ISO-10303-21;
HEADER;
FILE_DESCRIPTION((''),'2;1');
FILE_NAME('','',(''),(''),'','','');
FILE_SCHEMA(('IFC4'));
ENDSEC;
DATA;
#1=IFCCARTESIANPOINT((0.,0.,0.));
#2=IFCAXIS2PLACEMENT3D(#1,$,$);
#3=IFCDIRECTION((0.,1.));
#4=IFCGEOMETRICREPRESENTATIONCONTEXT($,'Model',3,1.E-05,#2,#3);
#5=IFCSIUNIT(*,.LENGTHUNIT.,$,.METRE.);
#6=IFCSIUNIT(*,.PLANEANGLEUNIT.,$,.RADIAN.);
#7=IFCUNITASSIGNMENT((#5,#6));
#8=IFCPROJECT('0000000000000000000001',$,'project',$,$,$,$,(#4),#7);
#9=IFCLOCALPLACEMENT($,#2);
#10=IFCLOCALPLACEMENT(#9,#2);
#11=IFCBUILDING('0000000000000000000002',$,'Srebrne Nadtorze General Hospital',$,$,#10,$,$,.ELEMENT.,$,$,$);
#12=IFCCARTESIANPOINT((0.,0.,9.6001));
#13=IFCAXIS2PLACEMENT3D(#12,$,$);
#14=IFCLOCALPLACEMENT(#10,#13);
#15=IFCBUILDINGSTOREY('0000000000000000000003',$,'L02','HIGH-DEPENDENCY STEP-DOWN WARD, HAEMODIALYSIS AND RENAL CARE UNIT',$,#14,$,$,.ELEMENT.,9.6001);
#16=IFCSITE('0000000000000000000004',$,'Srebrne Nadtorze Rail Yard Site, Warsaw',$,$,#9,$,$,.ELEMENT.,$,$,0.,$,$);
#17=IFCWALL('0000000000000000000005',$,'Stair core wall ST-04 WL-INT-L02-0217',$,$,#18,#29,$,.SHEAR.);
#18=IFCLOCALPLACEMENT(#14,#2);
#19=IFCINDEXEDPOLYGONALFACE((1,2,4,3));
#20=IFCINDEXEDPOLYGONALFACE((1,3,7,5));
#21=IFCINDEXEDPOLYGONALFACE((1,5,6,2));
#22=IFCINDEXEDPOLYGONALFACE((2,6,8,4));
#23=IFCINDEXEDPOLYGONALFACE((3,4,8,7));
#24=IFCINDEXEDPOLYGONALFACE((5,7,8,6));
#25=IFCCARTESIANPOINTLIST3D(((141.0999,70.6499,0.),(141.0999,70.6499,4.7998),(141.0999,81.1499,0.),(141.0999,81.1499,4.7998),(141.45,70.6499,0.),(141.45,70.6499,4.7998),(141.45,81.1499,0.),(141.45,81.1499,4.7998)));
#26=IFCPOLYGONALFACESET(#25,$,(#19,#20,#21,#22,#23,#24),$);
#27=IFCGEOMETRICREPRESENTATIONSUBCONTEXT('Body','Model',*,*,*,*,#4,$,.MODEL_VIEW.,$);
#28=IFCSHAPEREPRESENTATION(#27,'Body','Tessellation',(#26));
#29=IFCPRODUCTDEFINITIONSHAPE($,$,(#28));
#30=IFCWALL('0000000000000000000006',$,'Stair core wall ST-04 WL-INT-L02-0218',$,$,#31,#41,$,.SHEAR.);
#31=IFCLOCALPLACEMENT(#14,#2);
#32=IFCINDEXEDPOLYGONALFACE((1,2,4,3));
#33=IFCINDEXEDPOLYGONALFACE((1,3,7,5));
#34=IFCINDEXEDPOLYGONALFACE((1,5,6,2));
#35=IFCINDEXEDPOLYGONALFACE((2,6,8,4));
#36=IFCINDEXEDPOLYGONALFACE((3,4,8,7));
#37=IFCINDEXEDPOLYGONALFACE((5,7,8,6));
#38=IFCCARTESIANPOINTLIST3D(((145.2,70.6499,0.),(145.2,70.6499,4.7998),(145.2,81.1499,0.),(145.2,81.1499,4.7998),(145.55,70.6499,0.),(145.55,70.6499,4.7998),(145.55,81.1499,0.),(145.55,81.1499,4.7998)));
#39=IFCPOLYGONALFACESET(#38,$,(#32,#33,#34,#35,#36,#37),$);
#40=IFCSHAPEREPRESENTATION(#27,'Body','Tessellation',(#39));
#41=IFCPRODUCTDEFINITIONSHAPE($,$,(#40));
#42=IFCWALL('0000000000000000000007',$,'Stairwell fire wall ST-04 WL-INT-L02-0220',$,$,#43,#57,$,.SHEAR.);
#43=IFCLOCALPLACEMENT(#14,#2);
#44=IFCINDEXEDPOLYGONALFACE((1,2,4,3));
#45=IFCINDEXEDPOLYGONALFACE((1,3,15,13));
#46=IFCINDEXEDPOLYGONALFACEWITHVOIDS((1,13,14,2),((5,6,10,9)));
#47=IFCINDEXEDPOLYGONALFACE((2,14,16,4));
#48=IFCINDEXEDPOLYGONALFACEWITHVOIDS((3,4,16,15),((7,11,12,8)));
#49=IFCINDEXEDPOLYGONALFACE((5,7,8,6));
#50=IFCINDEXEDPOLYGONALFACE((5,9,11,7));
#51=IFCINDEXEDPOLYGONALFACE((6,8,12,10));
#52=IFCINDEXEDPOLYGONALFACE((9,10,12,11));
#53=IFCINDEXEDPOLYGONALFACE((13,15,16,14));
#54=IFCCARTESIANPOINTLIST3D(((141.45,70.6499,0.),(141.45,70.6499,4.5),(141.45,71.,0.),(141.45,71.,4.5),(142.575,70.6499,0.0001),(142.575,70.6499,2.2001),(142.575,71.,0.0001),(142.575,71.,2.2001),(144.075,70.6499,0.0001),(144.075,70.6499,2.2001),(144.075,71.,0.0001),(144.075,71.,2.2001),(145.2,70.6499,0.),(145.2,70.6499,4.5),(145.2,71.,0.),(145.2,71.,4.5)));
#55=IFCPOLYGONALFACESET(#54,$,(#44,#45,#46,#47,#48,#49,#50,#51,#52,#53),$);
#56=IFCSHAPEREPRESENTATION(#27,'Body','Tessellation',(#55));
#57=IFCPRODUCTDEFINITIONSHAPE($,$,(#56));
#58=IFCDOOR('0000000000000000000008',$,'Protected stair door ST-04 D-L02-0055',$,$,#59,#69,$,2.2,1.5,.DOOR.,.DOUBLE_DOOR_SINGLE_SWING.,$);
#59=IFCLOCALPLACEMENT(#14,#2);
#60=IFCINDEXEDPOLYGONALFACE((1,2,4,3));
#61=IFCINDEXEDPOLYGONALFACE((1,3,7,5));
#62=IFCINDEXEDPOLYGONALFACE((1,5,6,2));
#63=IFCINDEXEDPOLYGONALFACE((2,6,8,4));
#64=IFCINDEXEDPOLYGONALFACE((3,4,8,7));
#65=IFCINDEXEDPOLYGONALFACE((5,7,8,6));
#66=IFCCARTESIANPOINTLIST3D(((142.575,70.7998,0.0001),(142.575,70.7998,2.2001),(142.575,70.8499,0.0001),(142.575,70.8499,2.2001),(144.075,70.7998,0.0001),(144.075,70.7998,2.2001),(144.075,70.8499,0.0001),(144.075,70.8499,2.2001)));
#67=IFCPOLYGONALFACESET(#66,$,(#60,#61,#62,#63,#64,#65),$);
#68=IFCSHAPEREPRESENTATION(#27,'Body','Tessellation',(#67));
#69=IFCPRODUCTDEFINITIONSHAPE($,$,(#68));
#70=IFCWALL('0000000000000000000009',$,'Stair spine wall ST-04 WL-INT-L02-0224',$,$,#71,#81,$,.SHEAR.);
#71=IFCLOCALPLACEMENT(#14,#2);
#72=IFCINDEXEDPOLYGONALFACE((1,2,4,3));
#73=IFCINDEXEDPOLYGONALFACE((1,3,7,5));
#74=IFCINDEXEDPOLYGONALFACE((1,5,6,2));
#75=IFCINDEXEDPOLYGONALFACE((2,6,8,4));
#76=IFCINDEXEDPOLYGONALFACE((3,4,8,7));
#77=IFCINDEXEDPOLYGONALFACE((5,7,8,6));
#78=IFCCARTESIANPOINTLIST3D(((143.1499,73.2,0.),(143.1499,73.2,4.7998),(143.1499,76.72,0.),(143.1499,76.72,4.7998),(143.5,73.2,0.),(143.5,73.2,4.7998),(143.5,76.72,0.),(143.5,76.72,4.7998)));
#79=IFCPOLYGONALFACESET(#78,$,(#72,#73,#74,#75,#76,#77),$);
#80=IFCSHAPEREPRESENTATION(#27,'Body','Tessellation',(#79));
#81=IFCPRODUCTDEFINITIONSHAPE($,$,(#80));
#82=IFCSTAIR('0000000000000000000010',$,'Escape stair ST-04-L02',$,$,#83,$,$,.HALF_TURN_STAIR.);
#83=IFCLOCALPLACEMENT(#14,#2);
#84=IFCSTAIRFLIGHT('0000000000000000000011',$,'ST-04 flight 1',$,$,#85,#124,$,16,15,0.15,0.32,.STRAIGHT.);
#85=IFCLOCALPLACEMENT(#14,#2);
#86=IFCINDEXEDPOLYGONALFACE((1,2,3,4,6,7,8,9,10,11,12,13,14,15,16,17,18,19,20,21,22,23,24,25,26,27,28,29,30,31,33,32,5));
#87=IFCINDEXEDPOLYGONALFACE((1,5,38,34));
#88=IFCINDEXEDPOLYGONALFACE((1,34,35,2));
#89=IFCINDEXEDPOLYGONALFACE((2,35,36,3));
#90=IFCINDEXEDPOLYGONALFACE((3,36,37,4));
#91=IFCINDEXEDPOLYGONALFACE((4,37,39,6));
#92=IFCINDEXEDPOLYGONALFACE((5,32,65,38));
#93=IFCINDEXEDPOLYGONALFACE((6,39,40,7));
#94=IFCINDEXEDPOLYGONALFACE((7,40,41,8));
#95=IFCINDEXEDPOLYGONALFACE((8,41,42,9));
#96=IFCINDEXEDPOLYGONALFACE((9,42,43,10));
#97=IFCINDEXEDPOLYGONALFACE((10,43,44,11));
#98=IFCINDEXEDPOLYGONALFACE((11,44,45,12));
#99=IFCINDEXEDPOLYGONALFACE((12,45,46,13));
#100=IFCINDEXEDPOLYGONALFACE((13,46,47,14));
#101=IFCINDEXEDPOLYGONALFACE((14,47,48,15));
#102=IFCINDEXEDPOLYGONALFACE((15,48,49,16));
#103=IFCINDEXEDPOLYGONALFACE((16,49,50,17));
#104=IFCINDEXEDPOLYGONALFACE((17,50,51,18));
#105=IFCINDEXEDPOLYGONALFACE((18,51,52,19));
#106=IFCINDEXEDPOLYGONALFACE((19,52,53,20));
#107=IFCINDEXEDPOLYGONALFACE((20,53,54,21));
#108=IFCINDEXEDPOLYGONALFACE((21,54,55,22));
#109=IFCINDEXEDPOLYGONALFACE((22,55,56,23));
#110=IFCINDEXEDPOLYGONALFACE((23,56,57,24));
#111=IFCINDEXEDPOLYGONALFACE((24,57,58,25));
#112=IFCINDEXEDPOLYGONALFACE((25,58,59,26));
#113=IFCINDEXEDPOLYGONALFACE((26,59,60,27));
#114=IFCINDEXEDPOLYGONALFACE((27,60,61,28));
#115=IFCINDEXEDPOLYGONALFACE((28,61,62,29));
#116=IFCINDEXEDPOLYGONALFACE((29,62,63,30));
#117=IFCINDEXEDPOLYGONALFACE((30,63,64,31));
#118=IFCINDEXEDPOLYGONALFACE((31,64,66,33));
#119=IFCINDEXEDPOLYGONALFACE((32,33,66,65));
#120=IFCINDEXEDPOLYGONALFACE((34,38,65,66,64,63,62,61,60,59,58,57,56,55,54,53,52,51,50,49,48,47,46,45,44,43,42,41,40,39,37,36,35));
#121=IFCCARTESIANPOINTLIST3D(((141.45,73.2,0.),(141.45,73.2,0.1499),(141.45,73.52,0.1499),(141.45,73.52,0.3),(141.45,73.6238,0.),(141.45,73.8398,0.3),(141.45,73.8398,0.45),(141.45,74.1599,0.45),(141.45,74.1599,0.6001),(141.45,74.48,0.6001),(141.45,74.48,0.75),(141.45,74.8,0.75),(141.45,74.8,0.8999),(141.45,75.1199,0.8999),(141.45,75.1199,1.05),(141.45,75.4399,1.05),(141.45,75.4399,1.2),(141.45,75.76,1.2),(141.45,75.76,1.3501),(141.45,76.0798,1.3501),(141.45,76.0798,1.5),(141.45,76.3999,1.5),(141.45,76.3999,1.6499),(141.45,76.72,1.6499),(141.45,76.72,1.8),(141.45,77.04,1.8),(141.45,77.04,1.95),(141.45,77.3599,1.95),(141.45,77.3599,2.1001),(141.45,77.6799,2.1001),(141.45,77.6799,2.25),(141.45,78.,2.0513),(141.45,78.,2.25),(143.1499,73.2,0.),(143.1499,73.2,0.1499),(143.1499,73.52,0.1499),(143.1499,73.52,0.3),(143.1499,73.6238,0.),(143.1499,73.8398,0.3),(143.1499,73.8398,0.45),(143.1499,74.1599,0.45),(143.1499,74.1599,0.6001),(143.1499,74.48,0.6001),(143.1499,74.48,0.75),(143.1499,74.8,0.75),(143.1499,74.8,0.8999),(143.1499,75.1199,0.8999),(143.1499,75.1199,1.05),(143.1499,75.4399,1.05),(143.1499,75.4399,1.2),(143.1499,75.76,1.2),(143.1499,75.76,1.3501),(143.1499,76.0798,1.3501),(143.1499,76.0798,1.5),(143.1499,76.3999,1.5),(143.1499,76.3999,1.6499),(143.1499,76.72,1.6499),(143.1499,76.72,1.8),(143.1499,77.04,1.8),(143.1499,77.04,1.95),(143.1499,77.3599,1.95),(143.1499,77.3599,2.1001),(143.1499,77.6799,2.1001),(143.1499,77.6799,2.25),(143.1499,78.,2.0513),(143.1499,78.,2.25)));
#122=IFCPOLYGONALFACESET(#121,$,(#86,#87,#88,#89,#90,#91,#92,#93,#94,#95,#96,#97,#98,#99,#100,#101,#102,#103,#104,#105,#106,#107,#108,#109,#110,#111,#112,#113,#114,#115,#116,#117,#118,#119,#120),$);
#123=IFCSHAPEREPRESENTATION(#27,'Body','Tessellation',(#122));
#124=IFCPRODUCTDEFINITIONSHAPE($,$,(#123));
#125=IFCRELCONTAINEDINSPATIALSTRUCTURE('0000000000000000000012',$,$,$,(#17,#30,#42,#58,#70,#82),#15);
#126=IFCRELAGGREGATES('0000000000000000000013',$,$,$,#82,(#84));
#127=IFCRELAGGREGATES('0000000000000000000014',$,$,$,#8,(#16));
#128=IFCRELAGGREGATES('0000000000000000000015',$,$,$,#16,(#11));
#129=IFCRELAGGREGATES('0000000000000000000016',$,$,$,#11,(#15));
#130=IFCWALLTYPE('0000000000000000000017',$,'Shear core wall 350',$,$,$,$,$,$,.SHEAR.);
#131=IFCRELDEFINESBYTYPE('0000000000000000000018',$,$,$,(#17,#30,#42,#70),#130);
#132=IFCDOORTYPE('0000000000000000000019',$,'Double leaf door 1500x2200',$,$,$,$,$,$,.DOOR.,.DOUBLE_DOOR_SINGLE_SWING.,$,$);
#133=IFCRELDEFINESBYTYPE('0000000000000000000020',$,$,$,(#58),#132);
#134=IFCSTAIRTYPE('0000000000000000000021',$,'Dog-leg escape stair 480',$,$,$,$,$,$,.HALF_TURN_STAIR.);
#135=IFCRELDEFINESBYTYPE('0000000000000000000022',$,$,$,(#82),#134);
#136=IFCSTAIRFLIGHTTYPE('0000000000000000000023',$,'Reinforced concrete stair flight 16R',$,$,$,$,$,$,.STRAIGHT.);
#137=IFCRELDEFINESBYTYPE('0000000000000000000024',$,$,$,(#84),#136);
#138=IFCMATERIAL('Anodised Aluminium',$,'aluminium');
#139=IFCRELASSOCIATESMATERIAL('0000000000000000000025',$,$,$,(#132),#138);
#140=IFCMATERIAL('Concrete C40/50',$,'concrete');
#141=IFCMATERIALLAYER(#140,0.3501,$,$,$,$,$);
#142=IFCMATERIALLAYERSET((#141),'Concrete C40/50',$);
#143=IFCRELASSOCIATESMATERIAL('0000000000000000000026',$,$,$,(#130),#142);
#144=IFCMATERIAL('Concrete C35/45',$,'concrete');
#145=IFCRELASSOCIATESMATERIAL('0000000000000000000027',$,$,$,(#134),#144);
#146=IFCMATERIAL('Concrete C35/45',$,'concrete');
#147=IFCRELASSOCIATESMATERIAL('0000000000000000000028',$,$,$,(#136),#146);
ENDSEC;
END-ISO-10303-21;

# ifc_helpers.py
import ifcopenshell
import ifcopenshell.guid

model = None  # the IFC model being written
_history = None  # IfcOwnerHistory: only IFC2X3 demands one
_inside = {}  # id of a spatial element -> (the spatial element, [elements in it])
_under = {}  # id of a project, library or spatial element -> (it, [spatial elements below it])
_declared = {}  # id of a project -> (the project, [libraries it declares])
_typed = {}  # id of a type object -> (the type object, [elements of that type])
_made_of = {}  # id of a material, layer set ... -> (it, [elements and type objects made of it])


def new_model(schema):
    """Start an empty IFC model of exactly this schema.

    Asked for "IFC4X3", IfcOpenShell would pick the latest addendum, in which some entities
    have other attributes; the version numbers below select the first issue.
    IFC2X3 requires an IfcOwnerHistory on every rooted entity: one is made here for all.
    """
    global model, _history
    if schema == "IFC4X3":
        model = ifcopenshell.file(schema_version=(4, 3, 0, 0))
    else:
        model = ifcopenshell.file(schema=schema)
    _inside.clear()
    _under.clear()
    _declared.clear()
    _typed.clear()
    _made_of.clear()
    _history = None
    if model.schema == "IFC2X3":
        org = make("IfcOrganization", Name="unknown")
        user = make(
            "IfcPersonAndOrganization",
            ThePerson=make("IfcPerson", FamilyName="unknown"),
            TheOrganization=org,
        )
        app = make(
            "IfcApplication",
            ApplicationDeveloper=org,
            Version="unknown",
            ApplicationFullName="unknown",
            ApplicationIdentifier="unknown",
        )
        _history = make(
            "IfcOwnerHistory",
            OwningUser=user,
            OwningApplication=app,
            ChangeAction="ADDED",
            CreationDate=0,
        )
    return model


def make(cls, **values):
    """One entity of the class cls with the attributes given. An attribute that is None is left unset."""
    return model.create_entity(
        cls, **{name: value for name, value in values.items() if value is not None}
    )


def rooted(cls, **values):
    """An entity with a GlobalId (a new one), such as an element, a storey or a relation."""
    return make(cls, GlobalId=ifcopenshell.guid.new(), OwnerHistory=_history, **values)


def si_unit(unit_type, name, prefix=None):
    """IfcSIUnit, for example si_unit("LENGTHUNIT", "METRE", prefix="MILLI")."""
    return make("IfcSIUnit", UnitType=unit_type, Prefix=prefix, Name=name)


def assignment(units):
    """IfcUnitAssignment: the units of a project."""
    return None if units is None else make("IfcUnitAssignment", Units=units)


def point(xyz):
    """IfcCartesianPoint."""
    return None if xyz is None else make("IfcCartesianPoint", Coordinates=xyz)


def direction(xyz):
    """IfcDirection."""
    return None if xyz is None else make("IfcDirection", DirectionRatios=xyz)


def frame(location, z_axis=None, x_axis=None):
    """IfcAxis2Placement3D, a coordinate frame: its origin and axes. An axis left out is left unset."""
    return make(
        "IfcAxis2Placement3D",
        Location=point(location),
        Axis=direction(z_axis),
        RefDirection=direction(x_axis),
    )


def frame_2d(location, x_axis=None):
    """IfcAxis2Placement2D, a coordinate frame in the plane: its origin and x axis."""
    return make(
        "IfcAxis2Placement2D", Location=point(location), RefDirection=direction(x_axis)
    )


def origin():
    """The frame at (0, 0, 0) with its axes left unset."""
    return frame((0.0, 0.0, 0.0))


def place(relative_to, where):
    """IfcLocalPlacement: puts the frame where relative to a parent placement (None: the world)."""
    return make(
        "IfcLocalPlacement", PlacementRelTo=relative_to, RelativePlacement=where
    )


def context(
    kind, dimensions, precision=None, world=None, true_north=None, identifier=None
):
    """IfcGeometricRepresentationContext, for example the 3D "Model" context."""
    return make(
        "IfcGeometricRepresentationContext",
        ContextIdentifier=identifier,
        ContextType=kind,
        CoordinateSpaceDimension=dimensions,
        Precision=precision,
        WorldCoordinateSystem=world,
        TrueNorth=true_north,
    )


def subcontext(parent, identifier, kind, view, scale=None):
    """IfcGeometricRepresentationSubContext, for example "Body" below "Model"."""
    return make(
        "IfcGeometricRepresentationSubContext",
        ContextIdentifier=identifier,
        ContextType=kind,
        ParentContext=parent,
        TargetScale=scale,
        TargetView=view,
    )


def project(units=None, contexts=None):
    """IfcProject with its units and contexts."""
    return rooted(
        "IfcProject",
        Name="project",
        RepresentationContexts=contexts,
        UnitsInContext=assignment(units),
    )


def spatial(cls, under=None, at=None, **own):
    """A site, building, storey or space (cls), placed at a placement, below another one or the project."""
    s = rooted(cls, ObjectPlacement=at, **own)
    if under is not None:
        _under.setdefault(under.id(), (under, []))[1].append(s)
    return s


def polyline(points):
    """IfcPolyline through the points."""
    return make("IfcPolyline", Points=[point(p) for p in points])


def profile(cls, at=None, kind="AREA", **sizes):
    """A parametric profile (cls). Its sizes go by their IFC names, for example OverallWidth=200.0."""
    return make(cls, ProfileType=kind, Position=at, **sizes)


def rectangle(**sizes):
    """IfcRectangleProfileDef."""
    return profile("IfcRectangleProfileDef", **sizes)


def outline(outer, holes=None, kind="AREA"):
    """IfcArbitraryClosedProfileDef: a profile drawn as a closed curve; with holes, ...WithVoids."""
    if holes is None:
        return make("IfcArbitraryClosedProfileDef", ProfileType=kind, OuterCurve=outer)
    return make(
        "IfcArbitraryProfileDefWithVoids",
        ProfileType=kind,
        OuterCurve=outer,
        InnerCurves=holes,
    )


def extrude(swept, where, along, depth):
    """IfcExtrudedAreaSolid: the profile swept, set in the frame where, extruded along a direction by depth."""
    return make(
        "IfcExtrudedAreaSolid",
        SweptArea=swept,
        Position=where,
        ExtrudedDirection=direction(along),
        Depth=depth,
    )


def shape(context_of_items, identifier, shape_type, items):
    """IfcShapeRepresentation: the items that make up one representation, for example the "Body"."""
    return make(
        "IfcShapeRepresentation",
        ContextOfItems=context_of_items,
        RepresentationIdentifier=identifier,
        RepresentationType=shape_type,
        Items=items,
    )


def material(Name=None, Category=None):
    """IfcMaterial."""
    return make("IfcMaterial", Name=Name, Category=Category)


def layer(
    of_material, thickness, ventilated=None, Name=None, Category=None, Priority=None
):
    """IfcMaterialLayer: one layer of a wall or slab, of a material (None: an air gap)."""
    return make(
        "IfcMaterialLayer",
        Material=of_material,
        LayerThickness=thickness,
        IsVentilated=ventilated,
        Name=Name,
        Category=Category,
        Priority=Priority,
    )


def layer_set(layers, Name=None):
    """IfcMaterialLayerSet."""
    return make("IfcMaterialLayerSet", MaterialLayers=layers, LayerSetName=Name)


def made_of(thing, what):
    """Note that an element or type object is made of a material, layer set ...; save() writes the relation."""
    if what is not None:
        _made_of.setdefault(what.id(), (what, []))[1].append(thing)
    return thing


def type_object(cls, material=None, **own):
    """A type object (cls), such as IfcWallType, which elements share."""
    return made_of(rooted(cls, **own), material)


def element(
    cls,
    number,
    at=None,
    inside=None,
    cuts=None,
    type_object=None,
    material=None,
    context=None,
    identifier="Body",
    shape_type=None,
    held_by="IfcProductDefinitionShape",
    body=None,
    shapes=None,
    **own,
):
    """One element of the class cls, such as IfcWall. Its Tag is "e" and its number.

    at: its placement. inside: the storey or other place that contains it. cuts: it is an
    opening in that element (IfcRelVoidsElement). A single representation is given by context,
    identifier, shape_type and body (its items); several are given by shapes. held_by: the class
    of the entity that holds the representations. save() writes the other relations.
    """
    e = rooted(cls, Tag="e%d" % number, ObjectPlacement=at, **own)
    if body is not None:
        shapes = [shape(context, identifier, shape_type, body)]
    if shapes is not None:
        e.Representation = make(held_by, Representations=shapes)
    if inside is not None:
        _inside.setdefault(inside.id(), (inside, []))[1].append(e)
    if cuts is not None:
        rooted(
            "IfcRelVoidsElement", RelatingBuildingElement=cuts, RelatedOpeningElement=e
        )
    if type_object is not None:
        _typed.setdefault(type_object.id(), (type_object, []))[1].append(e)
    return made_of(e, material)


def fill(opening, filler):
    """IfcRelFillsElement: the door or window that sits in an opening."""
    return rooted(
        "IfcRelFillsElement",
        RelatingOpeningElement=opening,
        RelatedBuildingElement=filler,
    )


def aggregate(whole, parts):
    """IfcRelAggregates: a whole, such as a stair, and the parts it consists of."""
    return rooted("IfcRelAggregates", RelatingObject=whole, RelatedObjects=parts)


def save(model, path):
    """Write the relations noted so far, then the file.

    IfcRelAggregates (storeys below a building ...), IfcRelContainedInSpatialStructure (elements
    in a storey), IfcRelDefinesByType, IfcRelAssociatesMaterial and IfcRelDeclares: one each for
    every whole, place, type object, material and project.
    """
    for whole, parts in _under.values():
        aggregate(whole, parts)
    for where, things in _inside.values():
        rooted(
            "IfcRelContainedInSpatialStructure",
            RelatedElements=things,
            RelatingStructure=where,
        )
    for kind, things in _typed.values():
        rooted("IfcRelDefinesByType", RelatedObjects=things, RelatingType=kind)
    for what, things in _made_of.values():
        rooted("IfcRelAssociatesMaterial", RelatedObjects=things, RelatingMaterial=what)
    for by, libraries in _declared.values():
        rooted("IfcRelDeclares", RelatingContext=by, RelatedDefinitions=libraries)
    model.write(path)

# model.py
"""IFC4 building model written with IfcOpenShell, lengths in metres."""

from ifc_helpers import new_model, si_unit, direction, frame, frame_2d, origin, place, context, subcontext, project, spatial, polyline, rectangle, outline, extrude, material, layer, layer_set, type_object, element, fill, aggregate, save


model = new_model("IFC4")

# Units and contexts
model_context = context("Model", 3, precision=1e-05, world=origin(), true_north=direction((0.0, 1.0)))
body_context = subcontext(model_context, "Body", "Model", "MODEL_VIEW")
ifc_project = project(units=[si_unit("LENGTHUNIT", "METRE"), si_unit("PLANEANGLEUNIT", "RADIAN")], contexts=[model_context])

# Site, building, storey
site_placement = place(None, origin())
site = spatial("IfcSite", under=ifc_project, at=site_placement, Name="Srebrne Nadtorze Rail Yard Site, Warsaw", CompositionType="ELEMENT", RefElevation=0.0)
building_placement = place(site_placement, origin())
building = spatial("IfcBuilding", under=site, at=building_placement, Name="Srebrne Nadtorze General Hospital", CompositionType="ELEMENT")
storey_placement = place(building_placement, frame((0.0, 0.0, 9.6001)))
storey = spatial("IfcBuildingStorey", under=building, at=storey_placement, Name="L02", Description="HIGH-DEPENDENCY STEP-DOWN WARD, HAEMODIALYSIS AND RENAL CARE UNIT", CompositionType="ELEMENT", Elevation=9.6001)

# Shared definitions
ifc_material_1 = material(Name="Anodised Aluminium", Category="aluminium")
door_type = type_object("IfcDoorType", Name="Double leaf door 1500x2200", OperationType="DOUBLE_DOOR_SINGLE_SWING", PredefinedType="DOOR", material=ifc_material_1)

# Walls
ifc_material_2 = material(Name="Concrete C40/50", Category="concrete")
ifc_layer_1 = layer(ifc_material_2, 0.3501)
ifc_layer_set_1 = layer_set([ifc_layer_1], Name="Concrete C40/50")
wall_type_1 = type_object("IfcWallType", Name="Shear core wall 350", PredefinedType="SHEAR", material=ifc_layer_set_1)
for number, where, z_axis, x_axis, name in (
    (1, (141.2749, 70.6499, 0.0), (0.0, 0.0, 1.0), (0.0, 1.0, 0.0), "Stair core wall ST-04 WL-INT-L02-0217"),
    (2, (145.375, 70.6499, 0.0), (0.0, 0.0, 1.0), (0.0, 1.0, 0.0), "Stair core wall ST-04 WL-INT-L02-0218"),
):
    element("IfcWall", number, at=place(storey_placement, frame(where, z_axis=z_axis, x_axis=x_axis)), inside=storey, type_object=wall_type_1, Name=name, PredefinedType="SHEAR", context=body_context, shape_type="SweptSolid", body=[
        extrude(rectangle(XDim=10.5, YDim=0.3501, at=frame_2d((5.25, 0.0))), origin(), (0.0, 0.0, 1.0), 4.7998),
    ])

# Wall, opening, door
wall_1_placement = place(storey_placement, frame((141.45, 70.825, 0.0), z_axis=(0.0, 0.0, 1.0), x_axis=(1.0, 0.0, 0.0)))
wall_1 = element("IfcWall", 3, at=wall_1_placement, inside=storey, type_object=wall_type_1, Name="Stairwell fire wall ST-04 WL-INT-L02-0220", PredefinedType="SHEAR", context=body_context, shape_type="SweptSolid", body=[
    extrude(rectangle(XDim=3.75, YDim=0.3501, at=frame_2d((1.875, 0.0))), origin(), (0.0, 0.0, 1.0), 4.5),
])
opening_1_placement = place(wall_1_placement, frame((1.125, 0.0, 0.0)))
opening_1 = element("IfcOpeningElement", 4, at=opening_1_placement, cuts=wall_1, PredefinedType="OPENING", context=body_context, shape_type="SweptSolid", body=[
    extrude(rectangle(XDim=1.5, YDim=2.2, at=frame_2d((0.75, 1.1001))), frame((0.0, 0.187, 0.0), z_axis=(0.0, -1.0, 0.0), x_axis=(1.0, 0.0, 0.0)), (0.0, 0.0, 1.0), 0.374),
])
door_1_placement = place(opening_1_placement, origin())
door_1 = element("IfcDoor", 5, at=door_1_placement, inside=storey, type_object=door_type, Name="Protected stair door ST-04 D-L02-0055", OperationType="DOUBLE_DOOR_SINGLE_SWING", OverallHeight=2.2, OverallWidth=1.5, PredefinedType="DOOR", context=body_context, shape_type="SweptSolid", body=[
    extrude(rectangle(XDim=1.5, YDim=2.2, at=frame_2d((0.75, 1.1001))), frame((0.0, 0.0249, 0.0), z_axis=(0.0, -1.0, 0.0), x_axis=(1.0, 0.0, 0.0)), (0.0, 0.0, 1.0), 0.05),
])
fill(opening_1, door_1)

# Wall
wall_2_placement = place(storey_placement, frame((143.325, 73.2, 0.0), z_axis=(0.0, 0.0, 1.0), x_axis=(0.0, 1.0, 0.0)))
element("IfcWall", 6, at=wall_2_placement, inside=storey, type_object=wall_type_1, Name="Stair spine wall ST-04 WL-INT-L02-0224", PredefinedType="SHEAR", context=body_context, shape_type="SweptSolid", body=[
    extrude(rectangle(XDim=3.52, YDim=0.3501, at=frame_2d((1.76, 0.0))), origin(), (0.0, 0.0, 1.0), 4.7998),
])

# Stair, stair flight
ifc_material_3 = material(Name="Concrete C35/45", Category="concrete")
stair_type = type_object("IfcStairType", Name="Dog-leg escape stair 480", PredefinedType="HALF_TURN_STAIR", material=ifc_material_3)
stair_placement = place(storey_placement, origin())
stair = element("IfcStair", 7, at=stair_placement, inside=storey, type_object=stair_type, Name="Escape stair ST-04-L02", PredefinedType="HALF_TURN_STAIR")
ifc_material_4 = material(Name="Concrete C35/45", Category="concrete")
stair_flight_type = type_object("IfcStairFlightType", Name="Reinforced concrete stair flight 16R", PredefinedType="STRAIGHT", material=ifc_material_4)
stair_flight_placement = place(storey_placement, frame((142.3, 73.2, 0.0), z_axis=(0.0, 0.0, 1.0), x_axis=(0.0, 1.0, 0.0)))
stair_flight = element("IfcStairFlight", 8, at=stair_flight_placement, type_object=stair_flight_type, Name="ST-04 flight 1", NumberOfRisers=16, NumberOfTreads=15, PredefinedType="STRAIGHT", RiserHeight=0.15, TreadLength=0.32, context=body_context, shape_type="SweptSolid", body=[
    extrude(outline(polyline([(0.0, 0.0), (0.0, 0.1499), (0.3201, 0.1499), (0.3201, 0.3), (0.6399, 0.3), (0.6399, 0.45), (0.96, 0.45), (0.96, 0.6001), (1.28, 0.6001), (1.28, 0.75), (1.6001, 0.75), (1.6001, 0.8999), (1.9199, 0.8999), (1.9199, 1.05), (2.24, 1.05), (2.24, 1.2), (2.5601, 1.2), (2.5601, 1.3501), (2.8799, 1.3501), (2.8799, 1.5), (3.2, 1.5), (3.2, 1.6499), (3.52, 1.6499), (3.52, 1.8), (3.8401, 1.8), (3.8401, 1.95), (4.1599, 1.95), (4.1599, 2.1001), (4.48, 2.1001), (4.48, 2.25), (4.8, 2.25), (4.8, 2.3999), (4.8, 2.0513), (0.4238, 0.0), (0.0, 0.0)])), frame((0.0, 0.8501, 0.0), z_axis=(0.0, -1.0, 0.0), x_axis=(1.0, 0.0, 0.0)), (0.0, 0.0, 1.0), 1.7),
])
aggregate(stair, [stair_flight])

save(model, "model.ifc")
